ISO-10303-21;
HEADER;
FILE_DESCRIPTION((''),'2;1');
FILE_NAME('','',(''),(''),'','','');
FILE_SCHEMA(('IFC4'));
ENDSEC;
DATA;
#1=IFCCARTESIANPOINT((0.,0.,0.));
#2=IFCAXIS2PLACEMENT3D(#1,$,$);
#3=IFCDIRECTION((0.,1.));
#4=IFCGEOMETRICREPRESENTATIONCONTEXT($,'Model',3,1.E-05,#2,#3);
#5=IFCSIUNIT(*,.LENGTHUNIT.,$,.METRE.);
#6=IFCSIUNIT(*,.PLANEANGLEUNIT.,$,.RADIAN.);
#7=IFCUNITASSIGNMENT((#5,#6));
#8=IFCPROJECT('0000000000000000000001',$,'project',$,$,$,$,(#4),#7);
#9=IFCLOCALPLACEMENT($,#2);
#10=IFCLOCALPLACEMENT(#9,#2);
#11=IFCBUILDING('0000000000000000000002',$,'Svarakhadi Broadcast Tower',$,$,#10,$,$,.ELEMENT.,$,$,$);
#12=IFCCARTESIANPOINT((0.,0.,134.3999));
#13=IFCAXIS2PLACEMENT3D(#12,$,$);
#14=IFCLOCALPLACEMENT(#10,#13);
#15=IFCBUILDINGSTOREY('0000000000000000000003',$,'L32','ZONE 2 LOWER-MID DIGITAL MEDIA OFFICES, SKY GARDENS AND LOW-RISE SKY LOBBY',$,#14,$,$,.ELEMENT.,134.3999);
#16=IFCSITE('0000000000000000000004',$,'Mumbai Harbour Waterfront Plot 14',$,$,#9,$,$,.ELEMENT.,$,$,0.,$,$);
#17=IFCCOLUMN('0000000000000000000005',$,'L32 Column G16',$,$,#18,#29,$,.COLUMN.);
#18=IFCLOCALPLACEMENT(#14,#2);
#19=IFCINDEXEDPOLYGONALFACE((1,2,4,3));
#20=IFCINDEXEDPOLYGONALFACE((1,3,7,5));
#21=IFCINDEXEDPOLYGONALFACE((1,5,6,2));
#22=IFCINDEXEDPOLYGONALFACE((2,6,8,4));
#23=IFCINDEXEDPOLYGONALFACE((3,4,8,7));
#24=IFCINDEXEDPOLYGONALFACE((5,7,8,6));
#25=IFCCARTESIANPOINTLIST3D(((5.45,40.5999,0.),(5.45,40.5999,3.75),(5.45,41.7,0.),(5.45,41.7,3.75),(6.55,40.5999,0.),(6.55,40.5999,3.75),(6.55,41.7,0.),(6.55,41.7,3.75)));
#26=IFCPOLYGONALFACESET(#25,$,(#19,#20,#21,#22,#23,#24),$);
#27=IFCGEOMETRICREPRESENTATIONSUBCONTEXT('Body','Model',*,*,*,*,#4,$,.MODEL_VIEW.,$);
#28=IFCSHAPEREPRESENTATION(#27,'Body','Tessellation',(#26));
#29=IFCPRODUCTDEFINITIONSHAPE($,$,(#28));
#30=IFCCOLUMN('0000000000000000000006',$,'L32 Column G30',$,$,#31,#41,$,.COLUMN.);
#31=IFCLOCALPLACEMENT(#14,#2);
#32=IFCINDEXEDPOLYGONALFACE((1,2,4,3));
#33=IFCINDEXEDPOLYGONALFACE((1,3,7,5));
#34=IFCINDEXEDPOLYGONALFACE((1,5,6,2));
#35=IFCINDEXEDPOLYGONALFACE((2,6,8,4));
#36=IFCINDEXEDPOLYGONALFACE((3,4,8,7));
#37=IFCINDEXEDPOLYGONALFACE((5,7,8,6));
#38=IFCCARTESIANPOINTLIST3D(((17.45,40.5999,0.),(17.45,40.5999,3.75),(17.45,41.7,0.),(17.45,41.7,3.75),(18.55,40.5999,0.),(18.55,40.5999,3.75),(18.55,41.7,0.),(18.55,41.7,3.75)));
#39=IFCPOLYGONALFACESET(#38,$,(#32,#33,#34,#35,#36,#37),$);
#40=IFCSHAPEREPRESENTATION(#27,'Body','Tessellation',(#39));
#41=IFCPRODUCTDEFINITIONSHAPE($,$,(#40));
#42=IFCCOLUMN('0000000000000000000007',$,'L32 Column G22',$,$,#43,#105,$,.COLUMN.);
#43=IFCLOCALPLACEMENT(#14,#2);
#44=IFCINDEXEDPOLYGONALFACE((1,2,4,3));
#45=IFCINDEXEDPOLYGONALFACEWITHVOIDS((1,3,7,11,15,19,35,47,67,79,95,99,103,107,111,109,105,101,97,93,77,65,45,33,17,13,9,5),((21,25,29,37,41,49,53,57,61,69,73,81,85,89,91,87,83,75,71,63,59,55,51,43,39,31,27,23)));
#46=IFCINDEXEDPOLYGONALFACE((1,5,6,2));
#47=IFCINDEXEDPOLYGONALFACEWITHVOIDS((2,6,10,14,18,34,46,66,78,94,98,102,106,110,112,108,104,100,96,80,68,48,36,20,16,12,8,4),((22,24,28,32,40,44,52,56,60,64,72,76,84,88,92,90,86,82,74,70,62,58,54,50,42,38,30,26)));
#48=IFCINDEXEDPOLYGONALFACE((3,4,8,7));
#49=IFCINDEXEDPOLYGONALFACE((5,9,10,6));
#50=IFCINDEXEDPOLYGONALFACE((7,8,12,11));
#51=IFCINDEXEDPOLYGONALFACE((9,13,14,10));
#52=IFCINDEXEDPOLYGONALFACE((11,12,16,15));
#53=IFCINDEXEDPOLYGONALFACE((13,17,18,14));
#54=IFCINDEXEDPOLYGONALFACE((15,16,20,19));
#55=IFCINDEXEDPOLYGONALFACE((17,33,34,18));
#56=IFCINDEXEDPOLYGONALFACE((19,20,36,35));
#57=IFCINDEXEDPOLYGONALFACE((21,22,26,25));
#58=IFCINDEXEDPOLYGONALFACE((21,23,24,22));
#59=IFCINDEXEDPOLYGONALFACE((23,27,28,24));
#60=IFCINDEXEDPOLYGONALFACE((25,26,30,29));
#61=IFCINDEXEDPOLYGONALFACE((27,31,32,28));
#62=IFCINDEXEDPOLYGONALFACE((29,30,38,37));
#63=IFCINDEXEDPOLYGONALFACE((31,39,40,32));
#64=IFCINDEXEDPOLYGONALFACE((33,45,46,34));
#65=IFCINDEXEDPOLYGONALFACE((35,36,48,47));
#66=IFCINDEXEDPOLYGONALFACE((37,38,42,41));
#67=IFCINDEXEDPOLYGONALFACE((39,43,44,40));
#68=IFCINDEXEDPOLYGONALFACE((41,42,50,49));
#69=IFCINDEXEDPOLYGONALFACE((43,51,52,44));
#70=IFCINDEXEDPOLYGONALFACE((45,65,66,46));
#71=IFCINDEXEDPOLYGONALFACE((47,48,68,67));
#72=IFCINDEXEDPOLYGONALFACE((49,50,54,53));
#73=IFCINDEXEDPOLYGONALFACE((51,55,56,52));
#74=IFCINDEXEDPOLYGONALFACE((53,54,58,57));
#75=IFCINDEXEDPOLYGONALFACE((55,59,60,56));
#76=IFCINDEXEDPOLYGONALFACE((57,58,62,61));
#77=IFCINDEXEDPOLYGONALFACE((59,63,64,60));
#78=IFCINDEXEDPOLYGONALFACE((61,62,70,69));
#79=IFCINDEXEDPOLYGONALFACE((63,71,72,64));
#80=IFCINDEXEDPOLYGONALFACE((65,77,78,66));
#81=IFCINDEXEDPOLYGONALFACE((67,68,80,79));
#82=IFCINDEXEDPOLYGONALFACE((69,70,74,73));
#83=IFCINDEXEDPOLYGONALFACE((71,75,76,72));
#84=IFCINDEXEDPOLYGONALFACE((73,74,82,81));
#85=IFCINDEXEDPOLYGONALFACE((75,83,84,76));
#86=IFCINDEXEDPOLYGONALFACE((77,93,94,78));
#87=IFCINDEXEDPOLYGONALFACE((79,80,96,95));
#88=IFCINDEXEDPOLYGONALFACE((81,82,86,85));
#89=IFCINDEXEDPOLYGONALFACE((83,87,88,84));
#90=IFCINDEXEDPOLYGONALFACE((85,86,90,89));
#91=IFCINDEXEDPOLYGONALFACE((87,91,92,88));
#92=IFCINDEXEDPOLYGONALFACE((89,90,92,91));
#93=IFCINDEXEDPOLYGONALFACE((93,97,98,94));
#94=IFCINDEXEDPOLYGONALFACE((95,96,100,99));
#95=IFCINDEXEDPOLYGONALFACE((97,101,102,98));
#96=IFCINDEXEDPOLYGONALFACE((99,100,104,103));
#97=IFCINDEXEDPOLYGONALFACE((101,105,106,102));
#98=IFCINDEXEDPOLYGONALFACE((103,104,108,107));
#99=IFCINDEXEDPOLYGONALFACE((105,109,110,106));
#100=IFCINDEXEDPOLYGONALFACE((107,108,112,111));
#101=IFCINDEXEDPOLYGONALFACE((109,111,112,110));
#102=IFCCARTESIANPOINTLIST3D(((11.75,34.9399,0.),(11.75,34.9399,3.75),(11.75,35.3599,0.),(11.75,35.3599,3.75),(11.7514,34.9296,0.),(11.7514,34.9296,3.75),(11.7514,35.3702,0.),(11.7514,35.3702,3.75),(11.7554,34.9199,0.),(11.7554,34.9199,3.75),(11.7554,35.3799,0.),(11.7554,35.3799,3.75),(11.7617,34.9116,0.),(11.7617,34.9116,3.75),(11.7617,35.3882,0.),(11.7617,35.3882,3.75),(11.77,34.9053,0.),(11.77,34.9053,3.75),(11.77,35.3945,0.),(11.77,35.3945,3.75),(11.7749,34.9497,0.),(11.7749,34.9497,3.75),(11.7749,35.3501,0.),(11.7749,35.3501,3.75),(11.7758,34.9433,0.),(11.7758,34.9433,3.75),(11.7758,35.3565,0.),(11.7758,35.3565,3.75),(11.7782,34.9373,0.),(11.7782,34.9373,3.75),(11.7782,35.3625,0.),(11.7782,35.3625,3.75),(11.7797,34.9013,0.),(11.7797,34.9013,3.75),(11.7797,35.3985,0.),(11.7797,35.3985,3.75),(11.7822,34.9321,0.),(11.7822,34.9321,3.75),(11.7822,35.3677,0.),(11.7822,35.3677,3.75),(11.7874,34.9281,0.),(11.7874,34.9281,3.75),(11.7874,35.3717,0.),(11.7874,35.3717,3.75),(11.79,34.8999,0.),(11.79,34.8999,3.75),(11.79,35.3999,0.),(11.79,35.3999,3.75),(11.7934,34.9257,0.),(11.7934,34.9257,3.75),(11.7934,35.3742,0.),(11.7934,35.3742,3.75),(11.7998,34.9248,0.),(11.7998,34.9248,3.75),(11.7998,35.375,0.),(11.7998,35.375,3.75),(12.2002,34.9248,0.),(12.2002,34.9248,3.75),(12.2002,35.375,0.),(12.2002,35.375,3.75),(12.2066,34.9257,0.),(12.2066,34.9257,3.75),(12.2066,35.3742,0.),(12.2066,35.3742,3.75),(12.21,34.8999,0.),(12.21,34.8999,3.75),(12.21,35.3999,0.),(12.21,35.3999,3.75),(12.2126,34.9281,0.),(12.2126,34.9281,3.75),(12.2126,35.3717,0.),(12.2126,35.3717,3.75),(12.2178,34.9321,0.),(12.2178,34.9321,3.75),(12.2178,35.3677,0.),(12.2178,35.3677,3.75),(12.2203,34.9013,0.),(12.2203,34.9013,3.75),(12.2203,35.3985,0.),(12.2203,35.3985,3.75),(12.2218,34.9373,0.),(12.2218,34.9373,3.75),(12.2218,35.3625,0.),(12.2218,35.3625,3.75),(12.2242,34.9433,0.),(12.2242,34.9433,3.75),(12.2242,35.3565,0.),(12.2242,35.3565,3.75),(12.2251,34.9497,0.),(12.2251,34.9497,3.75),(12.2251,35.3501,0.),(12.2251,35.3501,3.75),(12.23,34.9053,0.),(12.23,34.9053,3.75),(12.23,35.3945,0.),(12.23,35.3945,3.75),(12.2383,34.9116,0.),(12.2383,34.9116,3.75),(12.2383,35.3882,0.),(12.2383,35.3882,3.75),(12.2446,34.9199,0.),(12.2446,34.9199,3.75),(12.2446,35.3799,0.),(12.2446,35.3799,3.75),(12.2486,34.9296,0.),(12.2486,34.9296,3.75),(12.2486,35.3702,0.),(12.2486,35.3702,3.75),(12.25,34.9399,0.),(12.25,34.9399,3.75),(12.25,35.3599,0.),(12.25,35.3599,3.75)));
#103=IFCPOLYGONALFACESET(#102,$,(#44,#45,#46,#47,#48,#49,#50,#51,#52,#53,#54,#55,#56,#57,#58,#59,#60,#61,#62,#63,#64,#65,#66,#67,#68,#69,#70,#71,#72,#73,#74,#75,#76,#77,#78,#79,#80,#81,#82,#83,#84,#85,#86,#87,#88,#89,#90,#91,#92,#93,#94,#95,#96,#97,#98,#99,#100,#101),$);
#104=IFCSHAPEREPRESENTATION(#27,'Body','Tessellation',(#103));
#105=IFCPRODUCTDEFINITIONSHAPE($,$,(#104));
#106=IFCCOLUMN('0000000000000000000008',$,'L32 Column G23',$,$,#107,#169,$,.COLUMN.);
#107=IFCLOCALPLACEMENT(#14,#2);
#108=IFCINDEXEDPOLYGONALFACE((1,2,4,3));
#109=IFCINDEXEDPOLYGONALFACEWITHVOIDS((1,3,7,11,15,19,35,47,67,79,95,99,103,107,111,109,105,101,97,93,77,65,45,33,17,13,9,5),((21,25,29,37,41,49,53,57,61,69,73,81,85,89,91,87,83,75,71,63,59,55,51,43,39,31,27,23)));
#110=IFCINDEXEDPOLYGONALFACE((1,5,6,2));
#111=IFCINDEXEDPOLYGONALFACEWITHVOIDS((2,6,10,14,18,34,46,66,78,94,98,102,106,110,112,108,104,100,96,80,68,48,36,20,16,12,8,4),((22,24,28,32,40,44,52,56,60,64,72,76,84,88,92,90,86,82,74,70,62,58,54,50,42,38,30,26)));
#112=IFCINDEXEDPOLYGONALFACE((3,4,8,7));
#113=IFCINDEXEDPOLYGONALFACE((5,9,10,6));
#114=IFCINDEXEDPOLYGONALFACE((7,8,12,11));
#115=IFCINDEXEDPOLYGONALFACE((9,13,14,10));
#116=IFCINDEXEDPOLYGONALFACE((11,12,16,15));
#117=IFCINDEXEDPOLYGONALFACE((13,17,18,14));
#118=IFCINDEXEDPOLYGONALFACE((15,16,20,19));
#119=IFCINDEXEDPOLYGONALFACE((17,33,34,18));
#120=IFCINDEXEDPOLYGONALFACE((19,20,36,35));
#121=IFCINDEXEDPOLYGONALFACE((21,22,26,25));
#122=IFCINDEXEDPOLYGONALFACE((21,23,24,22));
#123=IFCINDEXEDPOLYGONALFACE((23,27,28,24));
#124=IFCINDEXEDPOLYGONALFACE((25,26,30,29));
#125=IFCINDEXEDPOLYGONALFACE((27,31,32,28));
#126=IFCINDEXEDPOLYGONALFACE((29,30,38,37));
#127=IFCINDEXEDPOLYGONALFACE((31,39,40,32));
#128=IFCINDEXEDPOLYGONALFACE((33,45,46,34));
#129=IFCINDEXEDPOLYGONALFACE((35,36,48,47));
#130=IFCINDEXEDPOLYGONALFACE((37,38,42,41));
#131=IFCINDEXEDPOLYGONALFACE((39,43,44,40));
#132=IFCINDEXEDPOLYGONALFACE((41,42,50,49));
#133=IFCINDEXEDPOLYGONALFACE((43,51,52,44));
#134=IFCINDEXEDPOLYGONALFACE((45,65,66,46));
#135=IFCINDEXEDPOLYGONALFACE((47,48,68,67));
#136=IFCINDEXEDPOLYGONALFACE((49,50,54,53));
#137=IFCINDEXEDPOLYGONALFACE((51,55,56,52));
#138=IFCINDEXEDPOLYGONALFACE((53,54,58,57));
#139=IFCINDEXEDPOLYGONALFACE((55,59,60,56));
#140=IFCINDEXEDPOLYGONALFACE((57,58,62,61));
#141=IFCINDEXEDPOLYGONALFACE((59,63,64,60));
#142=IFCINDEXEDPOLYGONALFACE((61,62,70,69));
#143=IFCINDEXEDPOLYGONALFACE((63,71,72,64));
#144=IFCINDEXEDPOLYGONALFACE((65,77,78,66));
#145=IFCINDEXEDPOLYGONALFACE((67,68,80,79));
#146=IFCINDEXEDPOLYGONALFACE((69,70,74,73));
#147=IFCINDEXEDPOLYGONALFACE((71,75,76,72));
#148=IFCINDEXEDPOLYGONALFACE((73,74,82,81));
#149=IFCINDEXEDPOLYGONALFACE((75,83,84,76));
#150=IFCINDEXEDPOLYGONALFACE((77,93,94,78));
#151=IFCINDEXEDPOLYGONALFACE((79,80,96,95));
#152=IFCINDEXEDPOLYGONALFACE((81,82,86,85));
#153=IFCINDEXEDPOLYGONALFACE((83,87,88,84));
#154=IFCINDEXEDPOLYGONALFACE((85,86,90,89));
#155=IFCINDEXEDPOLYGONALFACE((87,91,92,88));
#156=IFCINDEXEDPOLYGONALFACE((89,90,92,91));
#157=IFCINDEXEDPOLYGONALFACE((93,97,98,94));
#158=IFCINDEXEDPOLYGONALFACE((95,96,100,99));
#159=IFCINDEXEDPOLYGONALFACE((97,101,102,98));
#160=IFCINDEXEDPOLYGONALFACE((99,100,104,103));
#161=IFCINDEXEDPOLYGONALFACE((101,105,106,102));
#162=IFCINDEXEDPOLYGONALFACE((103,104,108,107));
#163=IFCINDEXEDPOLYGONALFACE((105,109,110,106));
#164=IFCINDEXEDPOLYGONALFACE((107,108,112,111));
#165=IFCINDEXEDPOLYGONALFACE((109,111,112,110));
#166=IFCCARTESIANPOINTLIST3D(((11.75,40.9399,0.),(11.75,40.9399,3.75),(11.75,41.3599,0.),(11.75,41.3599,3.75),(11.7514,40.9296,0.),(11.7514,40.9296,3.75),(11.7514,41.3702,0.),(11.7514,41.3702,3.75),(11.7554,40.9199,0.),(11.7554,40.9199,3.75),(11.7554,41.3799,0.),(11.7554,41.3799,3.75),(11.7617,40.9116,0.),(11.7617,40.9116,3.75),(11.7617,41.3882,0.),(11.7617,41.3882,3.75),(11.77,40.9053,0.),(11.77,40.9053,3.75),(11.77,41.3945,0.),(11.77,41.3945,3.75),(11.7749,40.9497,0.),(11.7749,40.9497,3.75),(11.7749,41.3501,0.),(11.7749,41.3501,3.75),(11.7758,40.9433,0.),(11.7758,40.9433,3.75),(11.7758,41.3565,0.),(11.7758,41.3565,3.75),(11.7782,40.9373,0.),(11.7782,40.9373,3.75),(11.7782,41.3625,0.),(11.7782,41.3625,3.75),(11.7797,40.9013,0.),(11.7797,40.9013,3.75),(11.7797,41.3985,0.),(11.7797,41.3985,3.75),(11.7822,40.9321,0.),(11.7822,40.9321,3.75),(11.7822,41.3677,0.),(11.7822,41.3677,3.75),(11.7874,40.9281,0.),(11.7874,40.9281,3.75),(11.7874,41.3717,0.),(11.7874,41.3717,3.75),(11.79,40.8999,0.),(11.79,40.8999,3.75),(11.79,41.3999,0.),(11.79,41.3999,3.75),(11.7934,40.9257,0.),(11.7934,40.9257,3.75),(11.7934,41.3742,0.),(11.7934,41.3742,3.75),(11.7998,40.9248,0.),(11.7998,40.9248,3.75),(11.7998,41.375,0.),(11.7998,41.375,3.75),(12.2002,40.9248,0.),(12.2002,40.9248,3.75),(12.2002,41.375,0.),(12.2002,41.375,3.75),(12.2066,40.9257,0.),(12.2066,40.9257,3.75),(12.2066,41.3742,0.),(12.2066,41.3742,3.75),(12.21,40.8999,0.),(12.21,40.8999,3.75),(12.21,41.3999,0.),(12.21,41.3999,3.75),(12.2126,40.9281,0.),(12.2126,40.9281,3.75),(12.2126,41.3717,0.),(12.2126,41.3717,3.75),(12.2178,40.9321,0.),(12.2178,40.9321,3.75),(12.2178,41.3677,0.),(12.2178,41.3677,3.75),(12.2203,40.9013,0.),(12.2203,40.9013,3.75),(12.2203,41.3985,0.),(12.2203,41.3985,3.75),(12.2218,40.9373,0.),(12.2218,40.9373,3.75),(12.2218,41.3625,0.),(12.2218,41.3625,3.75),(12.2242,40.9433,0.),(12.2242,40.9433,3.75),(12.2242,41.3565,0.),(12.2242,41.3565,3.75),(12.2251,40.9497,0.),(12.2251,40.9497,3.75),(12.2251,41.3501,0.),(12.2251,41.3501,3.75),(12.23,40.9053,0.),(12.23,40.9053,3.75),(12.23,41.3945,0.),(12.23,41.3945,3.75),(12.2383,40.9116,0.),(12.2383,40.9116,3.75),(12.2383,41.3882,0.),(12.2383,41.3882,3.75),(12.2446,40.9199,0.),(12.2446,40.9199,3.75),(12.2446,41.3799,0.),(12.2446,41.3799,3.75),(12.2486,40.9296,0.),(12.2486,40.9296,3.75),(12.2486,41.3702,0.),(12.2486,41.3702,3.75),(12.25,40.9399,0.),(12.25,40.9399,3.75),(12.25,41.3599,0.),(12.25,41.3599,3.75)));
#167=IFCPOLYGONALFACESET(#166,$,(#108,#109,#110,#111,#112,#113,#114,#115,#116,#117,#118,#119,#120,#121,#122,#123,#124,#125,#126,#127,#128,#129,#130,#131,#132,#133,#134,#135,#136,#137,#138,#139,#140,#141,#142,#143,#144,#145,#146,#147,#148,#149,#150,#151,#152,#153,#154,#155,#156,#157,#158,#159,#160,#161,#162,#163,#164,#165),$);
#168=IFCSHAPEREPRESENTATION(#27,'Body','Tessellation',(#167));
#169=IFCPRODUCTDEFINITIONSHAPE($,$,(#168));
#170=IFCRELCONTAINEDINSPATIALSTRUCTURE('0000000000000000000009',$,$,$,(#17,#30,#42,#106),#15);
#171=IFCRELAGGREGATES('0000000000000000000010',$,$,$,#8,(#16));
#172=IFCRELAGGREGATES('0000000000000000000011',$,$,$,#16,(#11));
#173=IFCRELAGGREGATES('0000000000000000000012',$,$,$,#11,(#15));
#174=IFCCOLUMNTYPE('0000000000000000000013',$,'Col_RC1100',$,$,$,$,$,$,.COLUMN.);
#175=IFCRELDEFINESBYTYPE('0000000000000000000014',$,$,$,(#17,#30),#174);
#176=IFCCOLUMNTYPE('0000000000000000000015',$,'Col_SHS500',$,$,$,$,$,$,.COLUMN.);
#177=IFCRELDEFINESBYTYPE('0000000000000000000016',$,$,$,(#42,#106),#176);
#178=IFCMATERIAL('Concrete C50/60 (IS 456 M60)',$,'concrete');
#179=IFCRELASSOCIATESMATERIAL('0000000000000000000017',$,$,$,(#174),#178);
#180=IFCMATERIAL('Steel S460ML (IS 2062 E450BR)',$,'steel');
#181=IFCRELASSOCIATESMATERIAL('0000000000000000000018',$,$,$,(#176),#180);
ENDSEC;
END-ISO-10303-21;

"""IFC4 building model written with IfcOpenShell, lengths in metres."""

from ifc_helpers import new_model, si_unit, direction, frame, origin, origin_2d, place, context, subcontext, project, spatial, rectangle, hollow_rectangle, extrude, material, material_profile, profile_set, type_object, element, save


model = new_model("IFC4")

# Units and contexts
model_context = context("Model", 3, precision=1e-05, world=origin(), true_north=direction((0.0, 1.0)))
body_context = subcontext(model_context, "Body", "Model", "MODEL_VIEW")
ifc_project = project(units=[si_unit("LENGTHUNIT", "METRE"), si_unit("PLANEANGLEUNIT", "RADIAN")], contexts=[model_context])

# Site, building, storey
site_placement = place(None, origin())
site = spatial("IfcSite", under=ifc_project, at=site_placement, Name="Mumbai Harbour Waterfront Plot 14", CompositionType="ELEMENT", RefElevation=0.0)
building_placement = place(site_placement, origin())
building = spatial("IfcBuilding", under=site, at=building_placement, Name="Svarakhadi Broadcast Tower", CompositionType="ELEMENT")
storey_placement = place(building_placement, frame((0.0, 0.0, 134.3999)))
storey = spatial("IfcBuildingStorey", under=building, at=storey_placement, Name="L32", Description="ZONE 2 LOWER-MID DIGITAL MEDIA OFFICES, SKY GARDENS AND LOW-RISE SKY LOBBY", CompositionType="ELEMENT", Elevation=134.3999)

# Columns
ifc_material_1 = material(Name="Concrete C50/60 (IS 456 M60)", Category="concrete")
ifc_material_profile_1 = material_profile(ifc_material_1, rectangle(XDim=1.1001, YDim=1.1001, at=origin_2d()), Name="RC 1100x1100")
ifc_profile_set_1 = profile_set([ifc_material_profile_1], Name="Concrete C50/60 (IS 456 M60)")
column_type_1 = type_object("IfcColumnType", Name="Col_RC1100", PredefinedType="COLUMN", material=ifc_profile_set_1)
for number, where, z_axis, x_axis, name in (
    (1, (6.0, 41.1499, 0.0), (0.0, 0.0, 1.0), (1.0, 0.0, 0.0), "L32 Column G16"),
    (2, (18.0, 41.1499, 0.0), (0.0, 0.0, 1.0), (1.0, 0.0, 0.0), "L32 Column G30"),
):
    element("IfcColumn", number, at=place(storey_placement, frame(where, z_axis=z_axis, x_axis=x_axis)), inside=storey, type_object=column_type_1, Name=name, PredefinedType="COLUMN", context=body_context, shape_type="SweptSolid", body=[
        extrude(rectangle(XDim=1.1001, YDim=1.1001, at=origin_2d()), origin(), (0.0, 0.0, 1.0), 3.75),
    ])
ifc_material_2 = material(Name="Steel S460ML (IS 2062 E450BR)", Category="steel")
ifc_material_profile_2 = material_profile(ifc_material_2, hollow_rectangle(XDim=0.5, YDim=0.5, WallThickness=0.0249, InnerFilletRadius=0.0249, OuterFilletRadius=0.04, at=origin_2d()), Name="SHS 500x500x25")
ifc_profile_set_2 = profile_set([ifc_material_profile_2], Name="Steel S460ML (IS 2062 E450BR)")
column_type_2 = type_object("IfcColumnType", Name="Col_SHS500", PredefinedType="COLUMN", material=ifc_profile_set_2)
for number, where, z_axis, x_axis, name in (
    (3, (12.0, 35.1499, 0.0), (0.0, 0.0, 1.0), (1.0, 0.0, 0.0), "L32 Column G22"),
    (4, (12.0, 41.1499, 0.0), (0.0, 0.0, 1.0), (1.0, 0.0, 0.0), "L32 Column G23"),
):
    element("IfcColumn", number, at=place(storey_placement, frame(where, z_axis=z_axis, x_axis=x_axis)), inside=storey, type_object=column_type_2, Name=name, PredefinedType="COLUMN", context=body_context, shape_type="SweptSolid", body=[
        extrude(hollow_rectangle(XDim=0.5, YDim=0.5, WallThickness=0.0249, InnerFilletRadius=0.0249, OuterFilletRadius=0.04, at=origin_2d()), origin(), (0.0, 0.0, 1.0), 3.75),
    ])

save(model, "model.ifc")
